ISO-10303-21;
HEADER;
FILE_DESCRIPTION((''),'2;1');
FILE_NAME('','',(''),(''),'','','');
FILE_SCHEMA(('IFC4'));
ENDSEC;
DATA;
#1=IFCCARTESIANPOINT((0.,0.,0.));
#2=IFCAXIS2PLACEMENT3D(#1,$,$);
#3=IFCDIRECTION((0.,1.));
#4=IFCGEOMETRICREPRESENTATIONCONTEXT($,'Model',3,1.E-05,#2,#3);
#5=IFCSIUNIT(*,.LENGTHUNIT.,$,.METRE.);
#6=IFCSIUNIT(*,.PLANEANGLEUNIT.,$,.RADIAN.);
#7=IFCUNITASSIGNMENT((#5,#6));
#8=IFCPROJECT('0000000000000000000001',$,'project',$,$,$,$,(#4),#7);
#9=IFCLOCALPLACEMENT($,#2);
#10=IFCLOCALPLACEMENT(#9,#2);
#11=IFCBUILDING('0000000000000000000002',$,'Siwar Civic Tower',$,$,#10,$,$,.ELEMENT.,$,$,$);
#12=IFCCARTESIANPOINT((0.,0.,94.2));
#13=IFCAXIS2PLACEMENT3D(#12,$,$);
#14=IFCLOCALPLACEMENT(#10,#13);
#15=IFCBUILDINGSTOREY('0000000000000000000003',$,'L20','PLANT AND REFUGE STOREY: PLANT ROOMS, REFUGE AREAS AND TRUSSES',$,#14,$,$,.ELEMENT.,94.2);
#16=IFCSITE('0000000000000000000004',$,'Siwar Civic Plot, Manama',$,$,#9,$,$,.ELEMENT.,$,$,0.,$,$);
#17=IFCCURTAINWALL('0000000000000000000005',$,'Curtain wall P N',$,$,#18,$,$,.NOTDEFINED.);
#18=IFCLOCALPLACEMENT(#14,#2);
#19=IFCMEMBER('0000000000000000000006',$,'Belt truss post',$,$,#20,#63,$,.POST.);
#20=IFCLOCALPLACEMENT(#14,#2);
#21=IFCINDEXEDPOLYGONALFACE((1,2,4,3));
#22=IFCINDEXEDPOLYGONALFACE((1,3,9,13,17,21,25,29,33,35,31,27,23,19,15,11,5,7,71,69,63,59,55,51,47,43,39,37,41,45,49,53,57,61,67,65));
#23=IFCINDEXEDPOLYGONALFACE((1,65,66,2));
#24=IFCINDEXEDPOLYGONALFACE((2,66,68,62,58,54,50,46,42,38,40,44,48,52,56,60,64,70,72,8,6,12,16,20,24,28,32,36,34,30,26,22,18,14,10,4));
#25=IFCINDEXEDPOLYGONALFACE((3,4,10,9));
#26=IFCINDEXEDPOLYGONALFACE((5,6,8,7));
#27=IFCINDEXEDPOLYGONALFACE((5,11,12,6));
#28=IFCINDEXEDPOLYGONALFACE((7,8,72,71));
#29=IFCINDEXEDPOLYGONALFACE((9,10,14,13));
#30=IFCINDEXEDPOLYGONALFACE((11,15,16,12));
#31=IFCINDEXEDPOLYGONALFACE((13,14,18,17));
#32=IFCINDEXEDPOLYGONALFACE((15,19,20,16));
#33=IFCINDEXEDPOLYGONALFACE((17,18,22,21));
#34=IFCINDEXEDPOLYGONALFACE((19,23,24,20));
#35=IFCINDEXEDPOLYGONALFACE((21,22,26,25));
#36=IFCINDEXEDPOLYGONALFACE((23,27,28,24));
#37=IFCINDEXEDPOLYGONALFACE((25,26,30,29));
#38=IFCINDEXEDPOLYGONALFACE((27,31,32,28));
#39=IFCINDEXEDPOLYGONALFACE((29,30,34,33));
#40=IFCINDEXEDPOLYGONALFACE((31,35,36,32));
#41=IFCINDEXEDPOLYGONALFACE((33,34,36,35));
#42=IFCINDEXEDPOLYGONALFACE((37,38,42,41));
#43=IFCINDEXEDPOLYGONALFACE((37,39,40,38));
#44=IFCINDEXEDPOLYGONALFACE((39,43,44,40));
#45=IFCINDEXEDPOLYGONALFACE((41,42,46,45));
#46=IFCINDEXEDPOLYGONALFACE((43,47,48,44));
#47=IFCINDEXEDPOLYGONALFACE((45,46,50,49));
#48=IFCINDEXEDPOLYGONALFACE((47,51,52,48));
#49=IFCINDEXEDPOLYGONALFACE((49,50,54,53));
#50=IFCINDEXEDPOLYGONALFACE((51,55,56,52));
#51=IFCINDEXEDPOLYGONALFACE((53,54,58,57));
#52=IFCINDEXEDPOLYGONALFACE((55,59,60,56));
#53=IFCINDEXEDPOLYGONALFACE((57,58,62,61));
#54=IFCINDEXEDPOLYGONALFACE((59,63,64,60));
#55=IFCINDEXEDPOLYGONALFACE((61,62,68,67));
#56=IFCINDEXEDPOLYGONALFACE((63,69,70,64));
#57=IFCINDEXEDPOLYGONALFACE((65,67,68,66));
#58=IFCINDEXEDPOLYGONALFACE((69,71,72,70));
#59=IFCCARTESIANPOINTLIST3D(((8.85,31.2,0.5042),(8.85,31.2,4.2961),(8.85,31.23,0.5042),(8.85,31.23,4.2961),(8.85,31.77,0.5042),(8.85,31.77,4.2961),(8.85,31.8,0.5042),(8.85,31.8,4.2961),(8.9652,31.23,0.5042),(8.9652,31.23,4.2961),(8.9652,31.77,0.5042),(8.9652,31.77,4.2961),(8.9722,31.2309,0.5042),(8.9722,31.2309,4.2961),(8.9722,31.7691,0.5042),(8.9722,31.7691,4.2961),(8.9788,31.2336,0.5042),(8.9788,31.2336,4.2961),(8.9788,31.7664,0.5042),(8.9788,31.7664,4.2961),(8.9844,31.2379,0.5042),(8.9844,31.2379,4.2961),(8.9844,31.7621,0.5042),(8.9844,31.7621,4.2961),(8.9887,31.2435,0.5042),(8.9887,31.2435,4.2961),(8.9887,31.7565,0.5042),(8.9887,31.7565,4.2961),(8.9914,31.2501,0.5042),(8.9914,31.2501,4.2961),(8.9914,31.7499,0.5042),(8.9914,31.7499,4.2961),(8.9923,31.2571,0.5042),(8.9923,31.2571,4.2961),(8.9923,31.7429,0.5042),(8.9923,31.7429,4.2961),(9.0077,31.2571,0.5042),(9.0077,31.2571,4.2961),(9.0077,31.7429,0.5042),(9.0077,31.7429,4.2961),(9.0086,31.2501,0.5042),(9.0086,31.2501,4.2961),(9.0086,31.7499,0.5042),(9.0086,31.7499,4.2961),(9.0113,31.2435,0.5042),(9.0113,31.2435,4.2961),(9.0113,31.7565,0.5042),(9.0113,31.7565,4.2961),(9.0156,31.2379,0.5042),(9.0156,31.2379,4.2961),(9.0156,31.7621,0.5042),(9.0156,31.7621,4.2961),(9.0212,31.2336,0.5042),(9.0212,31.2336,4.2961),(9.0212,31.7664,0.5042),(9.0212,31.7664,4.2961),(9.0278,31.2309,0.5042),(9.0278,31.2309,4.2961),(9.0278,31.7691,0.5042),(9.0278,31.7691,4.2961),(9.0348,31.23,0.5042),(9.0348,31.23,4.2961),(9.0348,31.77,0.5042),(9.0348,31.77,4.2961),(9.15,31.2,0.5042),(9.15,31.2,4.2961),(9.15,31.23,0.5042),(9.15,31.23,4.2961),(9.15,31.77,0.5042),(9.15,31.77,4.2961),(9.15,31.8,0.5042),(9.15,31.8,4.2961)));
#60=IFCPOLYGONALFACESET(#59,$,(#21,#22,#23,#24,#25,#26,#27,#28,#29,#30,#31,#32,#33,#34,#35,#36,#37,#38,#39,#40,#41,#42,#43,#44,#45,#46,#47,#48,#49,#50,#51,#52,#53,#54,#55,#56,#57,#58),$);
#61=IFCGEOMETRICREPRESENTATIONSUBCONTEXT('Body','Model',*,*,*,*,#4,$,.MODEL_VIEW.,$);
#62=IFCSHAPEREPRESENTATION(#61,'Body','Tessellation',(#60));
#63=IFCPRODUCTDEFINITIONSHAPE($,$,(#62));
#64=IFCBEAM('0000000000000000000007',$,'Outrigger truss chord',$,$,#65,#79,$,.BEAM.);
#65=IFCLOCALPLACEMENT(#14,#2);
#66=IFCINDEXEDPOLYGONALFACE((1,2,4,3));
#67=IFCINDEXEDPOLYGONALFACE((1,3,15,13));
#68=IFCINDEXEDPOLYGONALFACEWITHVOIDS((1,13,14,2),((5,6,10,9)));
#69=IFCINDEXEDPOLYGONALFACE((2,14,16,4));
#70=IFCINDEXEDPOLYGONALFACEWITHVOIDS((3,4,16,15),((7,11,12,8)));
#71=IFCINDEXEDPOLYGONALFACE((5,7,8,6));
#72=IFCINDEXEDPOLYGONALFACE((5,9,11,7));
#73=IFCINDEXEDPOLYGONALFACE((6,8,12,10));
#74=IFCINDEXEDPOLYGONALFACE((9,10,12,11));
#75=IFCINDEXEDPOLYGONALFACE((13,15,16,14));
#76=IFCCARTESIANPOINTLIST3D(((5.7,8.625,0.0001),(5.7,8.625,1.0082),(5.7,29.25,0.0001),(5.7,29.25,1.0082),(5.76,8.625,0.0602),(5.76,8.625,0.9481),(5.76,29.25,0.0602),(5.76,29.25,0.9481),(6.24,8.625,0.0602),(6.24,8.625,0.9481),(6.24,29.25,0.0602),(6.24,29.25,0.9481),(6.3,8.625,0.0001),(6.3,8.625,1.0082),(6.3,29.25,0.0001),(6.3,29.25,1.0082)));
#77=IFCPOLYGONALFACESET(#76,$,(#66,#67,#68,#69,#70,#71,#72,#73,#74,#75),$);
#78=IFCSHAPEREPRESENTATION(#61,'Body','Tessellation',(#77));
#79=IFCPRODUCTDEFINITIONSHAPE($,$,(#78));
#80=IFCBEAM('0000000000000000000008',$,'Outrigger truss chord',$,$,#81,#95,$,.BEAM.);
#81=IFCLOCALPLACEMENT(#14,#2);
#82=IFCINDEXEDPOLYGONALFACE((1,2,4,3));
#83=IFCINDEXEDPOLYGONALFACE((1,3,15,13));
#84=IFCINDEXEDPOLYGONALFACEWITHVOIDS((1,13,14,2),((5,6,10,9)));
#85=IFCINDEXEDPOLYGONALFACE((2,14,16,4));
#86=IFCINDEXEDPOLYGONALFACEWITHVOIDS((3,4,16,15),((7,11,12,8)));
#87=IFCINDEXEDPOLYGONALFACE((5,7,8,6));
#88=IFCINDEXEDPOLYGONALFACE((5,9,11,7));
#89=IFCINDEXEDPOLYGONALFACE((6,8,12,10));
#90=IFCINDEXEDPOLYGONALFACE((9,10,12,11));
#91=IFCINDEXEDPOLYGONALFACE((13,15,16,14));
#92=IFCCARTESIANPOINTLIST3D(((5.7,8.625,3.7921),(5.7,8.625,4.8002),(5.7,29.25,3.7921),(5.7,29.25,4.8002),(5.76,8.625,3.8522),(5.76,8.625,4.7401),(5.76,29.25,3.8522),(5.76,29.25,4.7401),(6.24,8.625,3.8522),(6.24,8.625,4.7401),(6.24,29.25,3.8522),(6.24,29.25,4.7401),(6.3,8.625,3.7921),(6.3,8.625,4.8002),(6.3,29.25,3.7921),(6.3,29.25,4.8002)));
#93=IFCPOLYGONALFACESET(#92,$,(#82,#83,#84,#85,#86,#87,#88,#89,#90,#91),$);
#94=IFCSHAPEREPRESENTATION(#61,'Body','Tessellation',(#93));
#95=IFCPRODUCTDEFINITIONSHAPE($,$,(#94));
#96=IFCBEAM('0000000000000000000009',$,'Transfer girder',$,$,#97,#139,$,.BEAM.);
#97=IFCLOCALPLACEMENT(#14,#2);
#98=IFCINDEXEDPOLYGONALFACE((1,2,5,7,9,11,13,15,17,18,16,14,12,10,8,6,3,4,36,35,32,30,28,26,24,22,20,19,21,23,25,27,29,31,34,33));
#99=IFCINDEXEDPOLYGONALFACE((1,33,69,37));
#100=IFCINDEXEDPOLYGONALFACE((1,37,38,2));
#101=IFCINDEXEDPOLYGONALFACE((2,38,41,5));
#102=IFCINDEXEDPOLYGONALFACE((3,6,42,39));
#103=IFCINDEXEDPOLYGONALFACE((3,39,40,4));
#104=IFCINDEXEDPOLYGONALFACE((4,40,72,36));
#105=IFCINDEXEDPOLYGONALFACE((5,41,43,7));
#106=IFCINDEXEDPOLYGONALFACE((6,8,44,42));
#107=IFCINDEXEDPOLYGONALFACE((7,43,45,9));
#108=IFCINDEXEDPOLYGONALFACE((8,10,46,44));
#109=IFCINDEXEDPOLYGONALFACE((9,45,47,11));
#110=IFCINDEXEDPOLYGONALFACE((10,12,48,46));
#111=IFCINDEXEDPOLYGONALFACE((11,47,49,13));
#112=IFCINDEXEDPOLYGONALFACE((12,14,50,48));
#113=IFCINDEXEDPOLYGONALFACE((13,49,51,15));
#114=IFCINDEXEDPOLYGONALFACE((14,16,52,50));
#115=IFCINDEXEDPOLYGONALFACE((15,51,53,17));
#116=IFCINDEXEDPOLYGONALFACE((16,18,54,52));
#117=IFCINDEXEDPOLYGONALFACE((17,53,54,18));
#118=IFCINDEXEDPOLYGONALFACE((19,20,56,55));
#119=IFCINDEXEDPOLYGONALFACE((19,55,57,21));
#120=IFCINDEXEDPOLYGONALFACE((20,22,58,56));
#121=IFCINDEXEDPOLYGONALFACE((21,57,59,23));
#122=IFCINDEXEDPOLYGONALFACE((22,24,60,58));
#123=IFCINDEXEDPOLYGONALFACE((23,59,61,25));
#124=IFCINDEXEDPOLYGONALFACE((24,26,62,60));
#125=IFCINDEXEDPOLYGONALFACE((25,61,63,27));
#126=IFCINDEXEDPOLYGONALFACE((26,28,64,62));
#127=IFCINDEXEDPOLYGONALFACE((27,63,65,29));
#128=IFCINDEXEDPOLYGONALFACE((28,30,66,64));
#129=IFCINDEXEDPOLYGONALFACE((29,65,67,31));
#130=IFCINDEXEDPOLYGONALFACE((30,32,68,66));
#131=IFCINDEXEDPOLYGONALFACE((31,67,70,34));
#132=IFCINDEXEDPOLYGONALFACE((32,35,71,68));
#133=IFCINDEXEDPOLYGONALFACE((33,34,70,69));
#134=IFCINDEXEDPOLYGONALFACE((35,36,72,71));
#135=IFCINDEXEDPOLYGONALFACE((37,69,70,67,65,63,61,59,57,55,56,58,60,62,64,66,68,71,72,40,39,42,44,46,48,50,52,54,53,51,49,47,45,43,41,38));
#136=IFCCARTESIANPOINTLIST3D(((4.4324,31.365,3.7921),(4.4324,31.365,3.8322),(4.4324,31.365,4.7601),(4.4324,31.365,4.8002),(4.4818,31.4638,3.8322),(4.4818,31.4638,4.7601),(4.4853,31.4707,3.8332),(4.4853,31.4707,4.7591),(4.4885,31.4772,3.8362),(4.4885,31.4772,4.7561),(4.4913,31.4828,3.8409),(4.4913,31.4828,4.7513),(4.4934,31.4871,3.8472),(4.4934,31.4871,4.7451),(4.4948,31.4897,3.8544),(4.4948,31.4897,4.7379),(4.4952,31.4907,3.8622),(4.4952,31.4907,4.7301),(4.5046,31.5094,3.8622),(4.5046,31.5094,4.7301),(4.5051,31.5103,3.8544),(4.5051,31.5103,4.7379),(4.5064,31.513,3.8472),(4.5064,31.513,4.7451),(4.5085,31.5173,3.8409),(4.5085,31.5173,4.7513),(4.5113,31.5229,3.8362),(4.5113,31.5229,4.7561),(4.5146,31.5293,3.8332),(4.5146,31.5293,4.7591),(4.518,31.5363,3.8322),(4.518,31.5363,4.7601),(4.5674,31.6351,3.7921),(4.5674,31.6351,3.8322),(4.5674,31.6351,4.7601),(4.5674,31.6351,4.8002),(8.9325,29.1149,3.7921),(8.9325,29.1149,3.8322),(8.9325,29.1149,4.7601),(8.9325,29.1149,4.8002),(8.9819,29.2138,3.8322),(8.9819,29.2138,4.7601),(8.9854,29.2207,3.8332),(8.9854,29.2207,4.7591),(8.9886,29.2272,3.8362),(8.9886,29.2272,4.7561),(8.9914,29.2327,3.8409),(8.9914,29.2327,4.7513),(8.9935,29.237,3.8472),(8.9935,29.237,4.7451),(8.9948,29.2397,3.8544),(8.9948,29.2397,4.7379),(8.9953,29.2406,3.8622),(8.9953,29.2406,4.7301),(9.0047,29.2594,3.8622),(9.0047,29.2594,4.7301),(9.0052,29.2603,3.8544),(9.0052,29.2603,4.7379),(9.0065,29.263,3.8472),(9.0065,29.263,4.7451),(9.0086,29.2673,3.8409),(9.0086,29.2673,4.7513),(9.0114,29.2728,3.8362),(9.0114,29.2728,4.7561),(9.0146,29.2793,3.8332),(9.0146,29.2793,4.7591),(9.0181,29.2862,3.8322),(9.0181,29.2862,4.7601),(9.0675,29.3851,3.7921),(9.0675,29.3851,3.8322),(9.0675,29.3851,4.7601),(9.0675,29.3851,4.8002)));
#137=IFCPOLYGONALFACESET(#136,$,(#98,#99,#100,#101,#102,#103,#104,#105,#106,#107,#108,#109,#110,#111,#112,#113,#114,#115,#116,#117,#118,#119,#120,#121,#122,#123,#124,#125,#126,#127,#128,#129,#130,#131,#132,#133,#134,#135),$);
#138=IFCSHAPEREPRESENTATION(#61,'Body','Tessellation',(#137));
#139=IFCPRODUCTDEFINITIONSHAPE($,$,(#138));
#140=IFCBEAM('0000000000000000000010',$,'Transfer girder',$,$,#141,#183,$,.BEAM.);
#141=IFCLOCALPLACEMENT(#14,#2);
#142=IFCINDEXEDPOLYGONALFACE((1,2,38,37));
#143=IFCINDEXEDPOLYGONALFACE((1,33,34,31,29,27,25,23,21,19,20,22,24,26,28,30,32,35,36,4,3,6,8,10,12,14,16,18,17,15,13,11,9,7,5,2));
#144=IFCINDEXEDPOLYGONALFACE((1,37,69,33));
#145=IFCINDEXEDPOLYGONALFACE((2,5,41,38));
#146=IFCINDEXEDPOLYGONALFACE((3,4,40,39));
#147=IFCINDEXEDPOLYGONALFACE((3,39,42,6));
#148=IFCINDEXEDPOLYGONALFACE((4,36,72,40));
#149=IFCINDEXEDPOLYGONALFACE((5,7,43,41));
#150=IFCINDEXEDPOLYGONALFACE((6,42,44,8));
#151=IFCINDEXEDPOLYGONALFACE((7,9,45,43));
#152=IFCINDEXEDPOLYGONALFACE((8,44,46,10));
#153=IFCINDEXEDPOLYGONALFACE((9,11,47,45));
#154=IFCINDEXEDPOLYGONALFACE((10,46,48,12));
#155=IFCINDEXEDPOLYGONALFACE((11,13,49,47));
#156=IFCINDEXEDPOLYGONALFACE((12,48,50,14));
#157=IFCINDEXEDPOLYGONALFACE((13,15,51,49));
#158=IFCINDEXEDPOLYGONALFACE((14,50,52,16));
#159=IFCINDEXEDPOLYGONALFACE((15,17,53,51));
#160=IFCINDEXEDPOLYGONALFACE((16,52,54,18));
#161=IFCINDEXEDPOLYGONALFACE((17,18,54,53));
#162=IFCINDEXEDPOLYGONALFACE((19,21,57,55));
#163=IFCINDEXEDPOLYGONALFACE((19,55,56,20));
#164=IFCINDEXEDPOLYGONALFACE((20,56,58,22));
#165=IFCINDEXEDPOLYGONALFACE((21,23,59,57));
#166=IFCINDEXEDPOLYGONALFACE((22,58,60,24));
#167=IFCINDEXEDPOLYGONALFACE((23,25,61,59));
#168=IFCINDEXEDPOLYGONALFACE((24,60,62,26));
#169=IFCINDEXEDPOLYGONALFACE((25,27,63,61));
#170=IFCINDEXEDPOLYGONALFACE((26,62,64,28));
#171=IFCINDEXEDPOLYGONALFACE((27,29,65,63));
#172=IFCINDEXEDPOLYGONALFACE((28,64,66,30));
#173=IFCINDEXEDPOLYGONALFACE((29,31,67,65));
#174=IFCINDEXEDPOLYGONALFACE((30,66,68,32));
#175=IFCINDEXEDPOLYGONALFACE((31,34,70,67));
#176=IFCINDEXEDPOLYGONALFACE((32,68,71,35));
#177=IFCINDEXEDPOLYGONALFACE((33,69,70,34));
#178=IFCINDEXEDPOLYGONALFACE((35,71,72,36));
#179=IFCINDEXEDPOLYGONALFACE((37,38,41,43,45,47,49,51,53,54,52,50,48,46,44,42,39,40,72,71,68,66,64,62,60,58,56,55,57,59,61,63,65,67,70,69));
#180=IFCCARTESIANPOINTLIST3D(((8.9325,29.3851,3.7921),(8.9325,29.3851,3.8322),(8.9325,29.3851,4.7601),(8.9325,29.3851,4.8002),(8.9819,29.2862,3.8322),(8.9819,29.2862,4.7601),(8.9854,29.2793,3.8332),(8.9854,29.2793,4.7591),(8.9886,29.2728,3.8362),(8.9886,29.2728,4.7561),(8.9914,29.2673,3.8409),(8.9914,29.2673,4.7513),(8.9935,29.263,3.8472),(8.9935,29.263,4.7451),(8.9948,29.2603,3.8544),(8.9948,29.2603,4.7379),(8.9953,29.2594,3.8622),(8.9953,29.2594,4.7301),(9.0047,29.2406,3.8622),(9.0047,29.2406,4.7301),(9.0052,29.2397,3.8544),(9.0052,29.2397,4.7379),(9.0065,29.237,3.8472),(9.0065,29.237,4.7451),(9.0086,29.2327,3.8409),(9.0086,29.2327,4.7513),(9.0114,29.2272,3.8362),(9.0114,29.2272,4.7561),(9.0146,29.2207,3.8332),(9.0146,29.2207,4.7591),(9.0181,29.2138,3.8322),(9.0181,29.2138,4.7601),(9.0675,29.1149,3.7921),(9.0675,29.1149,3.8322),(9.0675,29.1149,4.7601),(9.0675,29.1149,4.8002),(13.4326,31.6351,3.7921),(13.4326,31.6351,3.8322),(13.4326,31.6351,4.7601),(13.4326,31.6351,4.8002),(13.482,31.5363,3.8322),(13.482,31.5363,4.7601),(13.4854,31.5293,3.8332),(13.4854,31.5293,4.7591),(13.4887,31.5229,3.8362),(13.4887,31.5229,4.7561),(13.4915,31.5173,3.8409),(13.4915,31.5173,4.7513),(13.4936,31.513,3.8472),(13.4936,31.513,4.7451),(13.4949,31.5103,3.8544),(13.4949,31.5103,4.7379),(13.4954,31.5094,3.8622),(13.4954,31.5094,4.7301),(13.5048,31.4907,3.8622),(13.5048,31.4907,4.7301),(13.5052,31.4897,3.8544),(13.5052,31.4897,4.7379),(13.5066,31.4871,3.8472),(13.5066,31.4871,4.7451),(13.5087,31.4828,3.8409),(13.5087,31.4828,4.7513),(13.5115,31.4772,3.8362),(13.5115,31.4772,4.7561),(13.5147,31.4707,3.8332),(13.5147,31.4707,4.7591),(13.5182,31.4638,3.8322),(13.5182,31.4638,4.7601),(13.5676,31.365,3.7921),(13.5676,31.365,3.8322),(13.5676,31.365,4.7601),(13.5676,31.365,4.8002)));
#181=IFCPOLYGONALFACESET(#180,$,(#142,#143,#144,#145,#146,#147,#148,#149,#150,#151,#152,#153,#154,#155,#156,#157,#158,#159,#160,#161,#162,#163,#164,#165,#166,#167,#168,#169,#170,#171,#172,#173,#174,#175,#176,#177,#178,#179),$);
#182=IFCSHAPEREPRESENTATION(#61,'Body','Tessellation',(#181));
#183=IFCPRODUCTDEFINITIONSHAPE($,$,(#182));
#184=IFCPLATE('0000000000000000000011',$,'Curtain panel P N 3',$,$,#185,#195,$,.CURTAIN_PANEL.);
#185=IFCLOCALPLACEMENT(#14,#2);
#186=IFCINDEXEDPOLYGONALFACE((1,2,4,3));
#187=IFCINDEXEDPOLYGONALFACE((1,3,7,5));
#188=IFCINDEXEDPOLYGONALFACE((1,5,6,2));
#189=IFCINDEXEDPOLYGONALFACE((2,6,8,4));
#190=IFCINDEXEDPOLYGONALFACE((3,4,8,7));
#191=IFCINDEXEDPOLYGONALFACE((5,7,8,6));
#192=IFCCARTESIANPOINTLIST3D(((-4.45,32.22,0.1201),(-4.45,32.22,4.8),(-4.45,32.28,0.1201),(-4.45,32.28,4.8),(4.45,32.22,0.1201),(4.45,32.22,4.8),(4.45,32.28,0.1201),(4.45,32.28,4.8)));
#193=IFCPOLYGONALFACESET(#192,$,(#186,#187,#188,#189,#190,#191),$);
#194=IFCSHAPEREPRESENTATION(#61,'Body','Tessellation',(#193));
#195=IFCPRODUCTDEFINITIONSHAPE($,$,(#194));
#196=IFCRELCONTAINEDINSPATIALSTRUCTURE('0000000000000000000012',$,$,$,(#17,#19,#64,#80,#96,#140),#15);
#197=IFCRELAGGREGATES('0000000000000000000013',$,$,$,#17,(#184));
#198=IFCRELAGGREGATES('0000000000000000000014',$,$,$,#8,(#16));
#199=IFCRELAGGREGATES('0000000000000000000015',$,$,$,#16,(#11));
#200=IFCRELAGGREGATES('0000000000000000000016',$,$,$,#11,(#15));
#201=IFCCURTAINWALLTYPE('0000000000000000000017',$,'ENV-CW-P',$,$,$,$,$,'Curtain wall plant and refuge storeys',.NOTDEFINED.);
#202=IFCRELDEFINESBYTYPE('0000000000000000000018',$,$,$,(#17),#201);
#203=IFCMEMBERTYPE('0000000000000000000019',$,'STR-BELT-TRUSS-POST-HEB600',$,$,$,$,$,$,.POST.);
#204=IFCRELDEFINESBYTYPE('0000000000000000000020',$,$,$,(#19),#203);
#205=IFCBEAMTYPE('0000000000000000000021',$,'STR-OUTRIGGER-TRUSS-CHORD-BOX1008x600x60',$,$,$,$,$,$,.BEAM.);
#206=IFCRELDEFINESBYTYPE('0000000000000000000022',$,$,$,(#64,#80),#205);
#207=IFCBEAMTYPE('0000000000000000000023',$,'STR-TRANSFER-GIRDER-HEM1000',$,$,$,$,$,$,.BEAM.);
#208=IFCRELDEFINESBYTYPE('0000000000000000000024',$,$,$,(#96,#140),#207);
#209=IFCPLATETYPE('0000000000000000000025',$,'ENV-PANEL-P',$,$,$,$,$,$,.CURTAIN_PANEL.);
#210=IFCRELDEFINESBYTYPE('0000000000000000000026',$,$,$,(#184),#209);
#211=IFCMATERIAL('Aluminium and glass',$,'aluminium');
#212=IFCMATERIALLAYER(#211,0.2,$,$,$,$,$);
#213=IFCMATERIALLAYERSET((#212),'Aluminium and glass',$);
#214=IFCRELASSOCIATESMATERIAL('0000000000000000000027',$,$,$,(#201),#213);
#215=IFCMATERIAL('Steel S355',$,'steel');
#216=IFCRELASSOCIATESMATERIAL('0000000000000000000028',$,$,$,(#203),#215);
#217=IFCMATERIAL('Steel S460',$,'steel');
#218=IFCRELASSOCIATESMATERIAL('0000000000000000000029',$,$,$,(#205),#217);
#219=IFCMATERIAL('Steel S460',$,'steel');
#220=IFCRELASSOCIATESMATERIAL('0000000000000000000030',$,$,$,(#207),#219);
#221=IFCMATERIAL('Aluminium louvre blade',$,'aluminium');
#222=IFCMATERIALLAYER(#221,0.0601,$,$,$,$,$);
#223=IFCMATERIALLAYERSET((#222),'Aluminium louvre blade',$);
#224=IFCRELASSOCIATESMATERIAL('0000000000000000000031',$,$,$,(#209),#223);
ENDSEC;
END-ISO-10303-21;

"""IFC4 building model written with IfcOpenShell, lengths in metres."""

from ifc_helpers import new_model, si_unit, direction, frame, origin, origin_2d, place, context, subcontext, project, spatial, rectangle, hollow_rectangle, i_section, extrude, material, layer, layer_set, material_profile, profile_set, type_object, element, aggregate, save


model = new_model("IFC4")

# Units and contexts
model_context = context("Model", 3, precision=1e-05, world=origin(), true_north=direction((0.0, 1.0)))
body_context = subcontext(model_context, "Body", "Model", "MODEL_VIEW")
ifc_project = project(units=[si_unit("LENGTHUNIT", "METRE"), si_unit("PLANEANGLEUNIT", "RADIAN")], contexts=[model_context])

# Site, building, storey
site_placement = place(None, origin())
site = spatial("IfcSite", under=ifc_project, at=site_placement, Name="Siwar Civic Plot, Manama", CompositionType="ELEMENT", RefElevation=0.0)
building_placement = place(site_placement, origin())
building = spatial("IfcBuilding", under=site, at=building_placement, Name="Siwar Civic Tower", CompositionType="ELEMENT")
storey_placement = place(building_placement, frame((0.0, 0.0, 94.2)))
storey = spatial("IfcBuildingStorey", under=building, at=storey_placement, Name="L20", Description="PLANT AND REFUGE STOREY: PLANT ROOMS, REFUGE AREAS AND TRUSSES", CompositionType="ELEMENT", Elevation=94.2)

# Curtain wall
ifc_material_1 = material(Name="Aluminium and glass", Category="aluminium")
ifc_layer_1 = layer(ifc_material_1, 0.2)
ifc_layer_set_1 = layer_set([ifc_layer_1], Name="Aluminium and glass")
curtain_wall_type = type_object("IfcCurtainWallType", Name="ENV-CW-P", ElementType="Curtain wall plant and refuge storeys", PredefinedType="NOTDEFINED", material=ifc_layer_set_1)
curtain_wall_placement = place(storey_placement, origin())
curtain_wall = element("IfcCurtainWall", 1, at=curtain_wall_placement, inside=storey, type_object=curtain_wall_type, Name="Curtain wall P N", PredefinedType="NOTDEFINED")

# Member
ifc_material_2 = material(Name="Steel S355", Category="steel")
ifc_material_profile_1 = material_profile(ifc_material_2, i_section(OverallWidth=0.3, OverallDepth=0.6001, WebThickness=0.0154, FlangeThickness=0.03, FilletRadius=0.0271, at=origin_2d()), Name="HEB600")
ifc_profile_set_1 = profile_set([ifc_material_profile_1], Name="Steel S355")
member_type_1 = type_object("IfcMemberType", Name="STR-BELT-TRUSS-POST-HEB600", PredefinedType="POST", material=ifc_profile_set_1)
for number, where, z_axis, x_axis, name in (
    (2, (9.0, 31.5, 0.5042), (0.0, 0.0, 1.0), (1.0, 0.0, 0.0), "Belt truss post"),
):
    element("IfcMember", number, at=place(storey_placement, frame(where, z_axis=z_axis, x_axis=x_axis)), inside=storey, type_object=member_type_1, Name=name, PredefinedType="POST", context=body_context, shape_type="SweptSolid", body=[
        extrude(i_section(OverallWidth=0.3, OverallDepth=0.6001, WebThickness=0.0154, FlangeThickness=0.03, FilletRadius=0.0271, at=origin_2d()), origin(), (0.0, 0.0, 1.0), 3.792),
    ])

# Beams
ifc_material_3 = material(Name="Steel S460", Category="steel")
ifc_material_profile_2 = material_profile(ifc_material_3, hollow_rectangle(XDim=0.6001, YDim=1.0081, WallThickness=0.0601, at=origin_2d()), Name="BOX1008x600x60")
ifc_profile_set_2 = profile_set([ifc_material_profile_2], Name="Steel S460")
beam_type_1 = type_object("IfcBeamType", Name="STR-OUTRIGGER-TRUSS-CHORD-BOX1008x600x60", PredefinedType="BEAM", material=ifc_profile_set_2)
for number, where, z_axis, x_axis, name in (
    (3, (6.0, 29.25, 0.5042), (0.0, -1.0, 0.0), (1.0, 0.0, 0.0), "Outrigger truss chord"),
    (4, (6.0, 29.25, 4.2961), (0.0, -1.0, 0.0), (1.0, 0.0, 0.0), "Outrigger truss chord"),
):
    element("IfcBeam", number, at=place(storey_placement, frame(where, z_axis=z_axis, x_axis=x_axis)), inside=storey, type_object=beam_type_1, Name=name, PredefinedType="BEAM", context=body_context, shape_type="SweptSolid", body=[
        extrude(hollow_rectangle(XDim=0.6001, YDim=1.0081, WallThickness=0.0601, at=origin_2d()), origin(), (0.0, 0.0, 1.0), 20.625),
    ])
ifc_material_4 = material(Name="Steel S460", Category="steel")
ifc_material_profile_3 = material_profile(ifc_material_4, i_section(OverallWidth=0.302, OverallDepth=1.0081, WebThickness=0.021, FlangeThickness=0.04, FilletRadius=0.03, at=origin_2d()), Name="HEM1000")
ifc_profile_set_3 = profile_set([ifc_material_profile_3], Name="Steel S460")
beam_type_2 = type_object("IfcBeamType", Name="STR-TRANSFER-GIRDER-HEM1000", PredefinedType="BEAM", material=ifc_profile_set_3)
for number, where, z_axis, x_axis, name in (
    (5, (9.0, 29.25, 4.2961), (-0.894427, 0.447214, 0.0), (-0.447214, -0.894427, 0.0), "Transfer girder"),
    (6, (9.0, 29.25, 4.2961), (0.894427, 0.447214, 0.0), (-0.447214, 0.894427, 0.0), "Transfer girder"),
):
    element("IfcBeam", number, at=place(storey_placement, frame(where, z_axis=z_axis, x_axis=x_axis)), inside=storey, type_object=beam_type_2, Name=name, PredefinedType="BEAM", context=body_context, shape_type="SweptSolid", body=[
        extrude(i_section(OverallWidth=0.302, OverallDepth=1.0081, WebThickness=0.021, FlangeThickness=0.04, FilletRadius=0.03, at=origin_2d()), origin(), (0.0, 0.0, 1.0), 5.0312),
    ])

# Plate
ifc_material_5 = material(Name="Aluminium louvre blade", Category="aluminium")
ifc_layer_2 = layer(ifc_material_5, 0.0601)
ifc_layer_set_2 = layer_set([ifc_layer_2], Name="Aluminium louvre blade")
plate_type = type_object("IfcPlateType", Name="ENV-PANEL-P", PredefinedType="CURTAIN_PANEL", material=ifc_layer_set_2)
plate_placement = place(storey_placement, frame((0.0, 32.25, 0.1201), z_axis=(0.0, 0.0, 1.0), x_axis=(-1.0, 0.0, 0.0)))
plate = element("IfcPlate", 7, at=plate_placement, type_object=plate_type, Name="Curtain panel P N 3", PredefinedType="CURTAIN_PANEL", context=body_context, shape_type="SweptSolid", body=[
    extrude(rectangle(XDim=8.8999, YDim=0.0601, at=origin_2d()), origin(), (0.0, 0.0, 1.0), 4.6799),
])
aggregate(curtain_wall, [plate])

save(model, "model.ifc")
